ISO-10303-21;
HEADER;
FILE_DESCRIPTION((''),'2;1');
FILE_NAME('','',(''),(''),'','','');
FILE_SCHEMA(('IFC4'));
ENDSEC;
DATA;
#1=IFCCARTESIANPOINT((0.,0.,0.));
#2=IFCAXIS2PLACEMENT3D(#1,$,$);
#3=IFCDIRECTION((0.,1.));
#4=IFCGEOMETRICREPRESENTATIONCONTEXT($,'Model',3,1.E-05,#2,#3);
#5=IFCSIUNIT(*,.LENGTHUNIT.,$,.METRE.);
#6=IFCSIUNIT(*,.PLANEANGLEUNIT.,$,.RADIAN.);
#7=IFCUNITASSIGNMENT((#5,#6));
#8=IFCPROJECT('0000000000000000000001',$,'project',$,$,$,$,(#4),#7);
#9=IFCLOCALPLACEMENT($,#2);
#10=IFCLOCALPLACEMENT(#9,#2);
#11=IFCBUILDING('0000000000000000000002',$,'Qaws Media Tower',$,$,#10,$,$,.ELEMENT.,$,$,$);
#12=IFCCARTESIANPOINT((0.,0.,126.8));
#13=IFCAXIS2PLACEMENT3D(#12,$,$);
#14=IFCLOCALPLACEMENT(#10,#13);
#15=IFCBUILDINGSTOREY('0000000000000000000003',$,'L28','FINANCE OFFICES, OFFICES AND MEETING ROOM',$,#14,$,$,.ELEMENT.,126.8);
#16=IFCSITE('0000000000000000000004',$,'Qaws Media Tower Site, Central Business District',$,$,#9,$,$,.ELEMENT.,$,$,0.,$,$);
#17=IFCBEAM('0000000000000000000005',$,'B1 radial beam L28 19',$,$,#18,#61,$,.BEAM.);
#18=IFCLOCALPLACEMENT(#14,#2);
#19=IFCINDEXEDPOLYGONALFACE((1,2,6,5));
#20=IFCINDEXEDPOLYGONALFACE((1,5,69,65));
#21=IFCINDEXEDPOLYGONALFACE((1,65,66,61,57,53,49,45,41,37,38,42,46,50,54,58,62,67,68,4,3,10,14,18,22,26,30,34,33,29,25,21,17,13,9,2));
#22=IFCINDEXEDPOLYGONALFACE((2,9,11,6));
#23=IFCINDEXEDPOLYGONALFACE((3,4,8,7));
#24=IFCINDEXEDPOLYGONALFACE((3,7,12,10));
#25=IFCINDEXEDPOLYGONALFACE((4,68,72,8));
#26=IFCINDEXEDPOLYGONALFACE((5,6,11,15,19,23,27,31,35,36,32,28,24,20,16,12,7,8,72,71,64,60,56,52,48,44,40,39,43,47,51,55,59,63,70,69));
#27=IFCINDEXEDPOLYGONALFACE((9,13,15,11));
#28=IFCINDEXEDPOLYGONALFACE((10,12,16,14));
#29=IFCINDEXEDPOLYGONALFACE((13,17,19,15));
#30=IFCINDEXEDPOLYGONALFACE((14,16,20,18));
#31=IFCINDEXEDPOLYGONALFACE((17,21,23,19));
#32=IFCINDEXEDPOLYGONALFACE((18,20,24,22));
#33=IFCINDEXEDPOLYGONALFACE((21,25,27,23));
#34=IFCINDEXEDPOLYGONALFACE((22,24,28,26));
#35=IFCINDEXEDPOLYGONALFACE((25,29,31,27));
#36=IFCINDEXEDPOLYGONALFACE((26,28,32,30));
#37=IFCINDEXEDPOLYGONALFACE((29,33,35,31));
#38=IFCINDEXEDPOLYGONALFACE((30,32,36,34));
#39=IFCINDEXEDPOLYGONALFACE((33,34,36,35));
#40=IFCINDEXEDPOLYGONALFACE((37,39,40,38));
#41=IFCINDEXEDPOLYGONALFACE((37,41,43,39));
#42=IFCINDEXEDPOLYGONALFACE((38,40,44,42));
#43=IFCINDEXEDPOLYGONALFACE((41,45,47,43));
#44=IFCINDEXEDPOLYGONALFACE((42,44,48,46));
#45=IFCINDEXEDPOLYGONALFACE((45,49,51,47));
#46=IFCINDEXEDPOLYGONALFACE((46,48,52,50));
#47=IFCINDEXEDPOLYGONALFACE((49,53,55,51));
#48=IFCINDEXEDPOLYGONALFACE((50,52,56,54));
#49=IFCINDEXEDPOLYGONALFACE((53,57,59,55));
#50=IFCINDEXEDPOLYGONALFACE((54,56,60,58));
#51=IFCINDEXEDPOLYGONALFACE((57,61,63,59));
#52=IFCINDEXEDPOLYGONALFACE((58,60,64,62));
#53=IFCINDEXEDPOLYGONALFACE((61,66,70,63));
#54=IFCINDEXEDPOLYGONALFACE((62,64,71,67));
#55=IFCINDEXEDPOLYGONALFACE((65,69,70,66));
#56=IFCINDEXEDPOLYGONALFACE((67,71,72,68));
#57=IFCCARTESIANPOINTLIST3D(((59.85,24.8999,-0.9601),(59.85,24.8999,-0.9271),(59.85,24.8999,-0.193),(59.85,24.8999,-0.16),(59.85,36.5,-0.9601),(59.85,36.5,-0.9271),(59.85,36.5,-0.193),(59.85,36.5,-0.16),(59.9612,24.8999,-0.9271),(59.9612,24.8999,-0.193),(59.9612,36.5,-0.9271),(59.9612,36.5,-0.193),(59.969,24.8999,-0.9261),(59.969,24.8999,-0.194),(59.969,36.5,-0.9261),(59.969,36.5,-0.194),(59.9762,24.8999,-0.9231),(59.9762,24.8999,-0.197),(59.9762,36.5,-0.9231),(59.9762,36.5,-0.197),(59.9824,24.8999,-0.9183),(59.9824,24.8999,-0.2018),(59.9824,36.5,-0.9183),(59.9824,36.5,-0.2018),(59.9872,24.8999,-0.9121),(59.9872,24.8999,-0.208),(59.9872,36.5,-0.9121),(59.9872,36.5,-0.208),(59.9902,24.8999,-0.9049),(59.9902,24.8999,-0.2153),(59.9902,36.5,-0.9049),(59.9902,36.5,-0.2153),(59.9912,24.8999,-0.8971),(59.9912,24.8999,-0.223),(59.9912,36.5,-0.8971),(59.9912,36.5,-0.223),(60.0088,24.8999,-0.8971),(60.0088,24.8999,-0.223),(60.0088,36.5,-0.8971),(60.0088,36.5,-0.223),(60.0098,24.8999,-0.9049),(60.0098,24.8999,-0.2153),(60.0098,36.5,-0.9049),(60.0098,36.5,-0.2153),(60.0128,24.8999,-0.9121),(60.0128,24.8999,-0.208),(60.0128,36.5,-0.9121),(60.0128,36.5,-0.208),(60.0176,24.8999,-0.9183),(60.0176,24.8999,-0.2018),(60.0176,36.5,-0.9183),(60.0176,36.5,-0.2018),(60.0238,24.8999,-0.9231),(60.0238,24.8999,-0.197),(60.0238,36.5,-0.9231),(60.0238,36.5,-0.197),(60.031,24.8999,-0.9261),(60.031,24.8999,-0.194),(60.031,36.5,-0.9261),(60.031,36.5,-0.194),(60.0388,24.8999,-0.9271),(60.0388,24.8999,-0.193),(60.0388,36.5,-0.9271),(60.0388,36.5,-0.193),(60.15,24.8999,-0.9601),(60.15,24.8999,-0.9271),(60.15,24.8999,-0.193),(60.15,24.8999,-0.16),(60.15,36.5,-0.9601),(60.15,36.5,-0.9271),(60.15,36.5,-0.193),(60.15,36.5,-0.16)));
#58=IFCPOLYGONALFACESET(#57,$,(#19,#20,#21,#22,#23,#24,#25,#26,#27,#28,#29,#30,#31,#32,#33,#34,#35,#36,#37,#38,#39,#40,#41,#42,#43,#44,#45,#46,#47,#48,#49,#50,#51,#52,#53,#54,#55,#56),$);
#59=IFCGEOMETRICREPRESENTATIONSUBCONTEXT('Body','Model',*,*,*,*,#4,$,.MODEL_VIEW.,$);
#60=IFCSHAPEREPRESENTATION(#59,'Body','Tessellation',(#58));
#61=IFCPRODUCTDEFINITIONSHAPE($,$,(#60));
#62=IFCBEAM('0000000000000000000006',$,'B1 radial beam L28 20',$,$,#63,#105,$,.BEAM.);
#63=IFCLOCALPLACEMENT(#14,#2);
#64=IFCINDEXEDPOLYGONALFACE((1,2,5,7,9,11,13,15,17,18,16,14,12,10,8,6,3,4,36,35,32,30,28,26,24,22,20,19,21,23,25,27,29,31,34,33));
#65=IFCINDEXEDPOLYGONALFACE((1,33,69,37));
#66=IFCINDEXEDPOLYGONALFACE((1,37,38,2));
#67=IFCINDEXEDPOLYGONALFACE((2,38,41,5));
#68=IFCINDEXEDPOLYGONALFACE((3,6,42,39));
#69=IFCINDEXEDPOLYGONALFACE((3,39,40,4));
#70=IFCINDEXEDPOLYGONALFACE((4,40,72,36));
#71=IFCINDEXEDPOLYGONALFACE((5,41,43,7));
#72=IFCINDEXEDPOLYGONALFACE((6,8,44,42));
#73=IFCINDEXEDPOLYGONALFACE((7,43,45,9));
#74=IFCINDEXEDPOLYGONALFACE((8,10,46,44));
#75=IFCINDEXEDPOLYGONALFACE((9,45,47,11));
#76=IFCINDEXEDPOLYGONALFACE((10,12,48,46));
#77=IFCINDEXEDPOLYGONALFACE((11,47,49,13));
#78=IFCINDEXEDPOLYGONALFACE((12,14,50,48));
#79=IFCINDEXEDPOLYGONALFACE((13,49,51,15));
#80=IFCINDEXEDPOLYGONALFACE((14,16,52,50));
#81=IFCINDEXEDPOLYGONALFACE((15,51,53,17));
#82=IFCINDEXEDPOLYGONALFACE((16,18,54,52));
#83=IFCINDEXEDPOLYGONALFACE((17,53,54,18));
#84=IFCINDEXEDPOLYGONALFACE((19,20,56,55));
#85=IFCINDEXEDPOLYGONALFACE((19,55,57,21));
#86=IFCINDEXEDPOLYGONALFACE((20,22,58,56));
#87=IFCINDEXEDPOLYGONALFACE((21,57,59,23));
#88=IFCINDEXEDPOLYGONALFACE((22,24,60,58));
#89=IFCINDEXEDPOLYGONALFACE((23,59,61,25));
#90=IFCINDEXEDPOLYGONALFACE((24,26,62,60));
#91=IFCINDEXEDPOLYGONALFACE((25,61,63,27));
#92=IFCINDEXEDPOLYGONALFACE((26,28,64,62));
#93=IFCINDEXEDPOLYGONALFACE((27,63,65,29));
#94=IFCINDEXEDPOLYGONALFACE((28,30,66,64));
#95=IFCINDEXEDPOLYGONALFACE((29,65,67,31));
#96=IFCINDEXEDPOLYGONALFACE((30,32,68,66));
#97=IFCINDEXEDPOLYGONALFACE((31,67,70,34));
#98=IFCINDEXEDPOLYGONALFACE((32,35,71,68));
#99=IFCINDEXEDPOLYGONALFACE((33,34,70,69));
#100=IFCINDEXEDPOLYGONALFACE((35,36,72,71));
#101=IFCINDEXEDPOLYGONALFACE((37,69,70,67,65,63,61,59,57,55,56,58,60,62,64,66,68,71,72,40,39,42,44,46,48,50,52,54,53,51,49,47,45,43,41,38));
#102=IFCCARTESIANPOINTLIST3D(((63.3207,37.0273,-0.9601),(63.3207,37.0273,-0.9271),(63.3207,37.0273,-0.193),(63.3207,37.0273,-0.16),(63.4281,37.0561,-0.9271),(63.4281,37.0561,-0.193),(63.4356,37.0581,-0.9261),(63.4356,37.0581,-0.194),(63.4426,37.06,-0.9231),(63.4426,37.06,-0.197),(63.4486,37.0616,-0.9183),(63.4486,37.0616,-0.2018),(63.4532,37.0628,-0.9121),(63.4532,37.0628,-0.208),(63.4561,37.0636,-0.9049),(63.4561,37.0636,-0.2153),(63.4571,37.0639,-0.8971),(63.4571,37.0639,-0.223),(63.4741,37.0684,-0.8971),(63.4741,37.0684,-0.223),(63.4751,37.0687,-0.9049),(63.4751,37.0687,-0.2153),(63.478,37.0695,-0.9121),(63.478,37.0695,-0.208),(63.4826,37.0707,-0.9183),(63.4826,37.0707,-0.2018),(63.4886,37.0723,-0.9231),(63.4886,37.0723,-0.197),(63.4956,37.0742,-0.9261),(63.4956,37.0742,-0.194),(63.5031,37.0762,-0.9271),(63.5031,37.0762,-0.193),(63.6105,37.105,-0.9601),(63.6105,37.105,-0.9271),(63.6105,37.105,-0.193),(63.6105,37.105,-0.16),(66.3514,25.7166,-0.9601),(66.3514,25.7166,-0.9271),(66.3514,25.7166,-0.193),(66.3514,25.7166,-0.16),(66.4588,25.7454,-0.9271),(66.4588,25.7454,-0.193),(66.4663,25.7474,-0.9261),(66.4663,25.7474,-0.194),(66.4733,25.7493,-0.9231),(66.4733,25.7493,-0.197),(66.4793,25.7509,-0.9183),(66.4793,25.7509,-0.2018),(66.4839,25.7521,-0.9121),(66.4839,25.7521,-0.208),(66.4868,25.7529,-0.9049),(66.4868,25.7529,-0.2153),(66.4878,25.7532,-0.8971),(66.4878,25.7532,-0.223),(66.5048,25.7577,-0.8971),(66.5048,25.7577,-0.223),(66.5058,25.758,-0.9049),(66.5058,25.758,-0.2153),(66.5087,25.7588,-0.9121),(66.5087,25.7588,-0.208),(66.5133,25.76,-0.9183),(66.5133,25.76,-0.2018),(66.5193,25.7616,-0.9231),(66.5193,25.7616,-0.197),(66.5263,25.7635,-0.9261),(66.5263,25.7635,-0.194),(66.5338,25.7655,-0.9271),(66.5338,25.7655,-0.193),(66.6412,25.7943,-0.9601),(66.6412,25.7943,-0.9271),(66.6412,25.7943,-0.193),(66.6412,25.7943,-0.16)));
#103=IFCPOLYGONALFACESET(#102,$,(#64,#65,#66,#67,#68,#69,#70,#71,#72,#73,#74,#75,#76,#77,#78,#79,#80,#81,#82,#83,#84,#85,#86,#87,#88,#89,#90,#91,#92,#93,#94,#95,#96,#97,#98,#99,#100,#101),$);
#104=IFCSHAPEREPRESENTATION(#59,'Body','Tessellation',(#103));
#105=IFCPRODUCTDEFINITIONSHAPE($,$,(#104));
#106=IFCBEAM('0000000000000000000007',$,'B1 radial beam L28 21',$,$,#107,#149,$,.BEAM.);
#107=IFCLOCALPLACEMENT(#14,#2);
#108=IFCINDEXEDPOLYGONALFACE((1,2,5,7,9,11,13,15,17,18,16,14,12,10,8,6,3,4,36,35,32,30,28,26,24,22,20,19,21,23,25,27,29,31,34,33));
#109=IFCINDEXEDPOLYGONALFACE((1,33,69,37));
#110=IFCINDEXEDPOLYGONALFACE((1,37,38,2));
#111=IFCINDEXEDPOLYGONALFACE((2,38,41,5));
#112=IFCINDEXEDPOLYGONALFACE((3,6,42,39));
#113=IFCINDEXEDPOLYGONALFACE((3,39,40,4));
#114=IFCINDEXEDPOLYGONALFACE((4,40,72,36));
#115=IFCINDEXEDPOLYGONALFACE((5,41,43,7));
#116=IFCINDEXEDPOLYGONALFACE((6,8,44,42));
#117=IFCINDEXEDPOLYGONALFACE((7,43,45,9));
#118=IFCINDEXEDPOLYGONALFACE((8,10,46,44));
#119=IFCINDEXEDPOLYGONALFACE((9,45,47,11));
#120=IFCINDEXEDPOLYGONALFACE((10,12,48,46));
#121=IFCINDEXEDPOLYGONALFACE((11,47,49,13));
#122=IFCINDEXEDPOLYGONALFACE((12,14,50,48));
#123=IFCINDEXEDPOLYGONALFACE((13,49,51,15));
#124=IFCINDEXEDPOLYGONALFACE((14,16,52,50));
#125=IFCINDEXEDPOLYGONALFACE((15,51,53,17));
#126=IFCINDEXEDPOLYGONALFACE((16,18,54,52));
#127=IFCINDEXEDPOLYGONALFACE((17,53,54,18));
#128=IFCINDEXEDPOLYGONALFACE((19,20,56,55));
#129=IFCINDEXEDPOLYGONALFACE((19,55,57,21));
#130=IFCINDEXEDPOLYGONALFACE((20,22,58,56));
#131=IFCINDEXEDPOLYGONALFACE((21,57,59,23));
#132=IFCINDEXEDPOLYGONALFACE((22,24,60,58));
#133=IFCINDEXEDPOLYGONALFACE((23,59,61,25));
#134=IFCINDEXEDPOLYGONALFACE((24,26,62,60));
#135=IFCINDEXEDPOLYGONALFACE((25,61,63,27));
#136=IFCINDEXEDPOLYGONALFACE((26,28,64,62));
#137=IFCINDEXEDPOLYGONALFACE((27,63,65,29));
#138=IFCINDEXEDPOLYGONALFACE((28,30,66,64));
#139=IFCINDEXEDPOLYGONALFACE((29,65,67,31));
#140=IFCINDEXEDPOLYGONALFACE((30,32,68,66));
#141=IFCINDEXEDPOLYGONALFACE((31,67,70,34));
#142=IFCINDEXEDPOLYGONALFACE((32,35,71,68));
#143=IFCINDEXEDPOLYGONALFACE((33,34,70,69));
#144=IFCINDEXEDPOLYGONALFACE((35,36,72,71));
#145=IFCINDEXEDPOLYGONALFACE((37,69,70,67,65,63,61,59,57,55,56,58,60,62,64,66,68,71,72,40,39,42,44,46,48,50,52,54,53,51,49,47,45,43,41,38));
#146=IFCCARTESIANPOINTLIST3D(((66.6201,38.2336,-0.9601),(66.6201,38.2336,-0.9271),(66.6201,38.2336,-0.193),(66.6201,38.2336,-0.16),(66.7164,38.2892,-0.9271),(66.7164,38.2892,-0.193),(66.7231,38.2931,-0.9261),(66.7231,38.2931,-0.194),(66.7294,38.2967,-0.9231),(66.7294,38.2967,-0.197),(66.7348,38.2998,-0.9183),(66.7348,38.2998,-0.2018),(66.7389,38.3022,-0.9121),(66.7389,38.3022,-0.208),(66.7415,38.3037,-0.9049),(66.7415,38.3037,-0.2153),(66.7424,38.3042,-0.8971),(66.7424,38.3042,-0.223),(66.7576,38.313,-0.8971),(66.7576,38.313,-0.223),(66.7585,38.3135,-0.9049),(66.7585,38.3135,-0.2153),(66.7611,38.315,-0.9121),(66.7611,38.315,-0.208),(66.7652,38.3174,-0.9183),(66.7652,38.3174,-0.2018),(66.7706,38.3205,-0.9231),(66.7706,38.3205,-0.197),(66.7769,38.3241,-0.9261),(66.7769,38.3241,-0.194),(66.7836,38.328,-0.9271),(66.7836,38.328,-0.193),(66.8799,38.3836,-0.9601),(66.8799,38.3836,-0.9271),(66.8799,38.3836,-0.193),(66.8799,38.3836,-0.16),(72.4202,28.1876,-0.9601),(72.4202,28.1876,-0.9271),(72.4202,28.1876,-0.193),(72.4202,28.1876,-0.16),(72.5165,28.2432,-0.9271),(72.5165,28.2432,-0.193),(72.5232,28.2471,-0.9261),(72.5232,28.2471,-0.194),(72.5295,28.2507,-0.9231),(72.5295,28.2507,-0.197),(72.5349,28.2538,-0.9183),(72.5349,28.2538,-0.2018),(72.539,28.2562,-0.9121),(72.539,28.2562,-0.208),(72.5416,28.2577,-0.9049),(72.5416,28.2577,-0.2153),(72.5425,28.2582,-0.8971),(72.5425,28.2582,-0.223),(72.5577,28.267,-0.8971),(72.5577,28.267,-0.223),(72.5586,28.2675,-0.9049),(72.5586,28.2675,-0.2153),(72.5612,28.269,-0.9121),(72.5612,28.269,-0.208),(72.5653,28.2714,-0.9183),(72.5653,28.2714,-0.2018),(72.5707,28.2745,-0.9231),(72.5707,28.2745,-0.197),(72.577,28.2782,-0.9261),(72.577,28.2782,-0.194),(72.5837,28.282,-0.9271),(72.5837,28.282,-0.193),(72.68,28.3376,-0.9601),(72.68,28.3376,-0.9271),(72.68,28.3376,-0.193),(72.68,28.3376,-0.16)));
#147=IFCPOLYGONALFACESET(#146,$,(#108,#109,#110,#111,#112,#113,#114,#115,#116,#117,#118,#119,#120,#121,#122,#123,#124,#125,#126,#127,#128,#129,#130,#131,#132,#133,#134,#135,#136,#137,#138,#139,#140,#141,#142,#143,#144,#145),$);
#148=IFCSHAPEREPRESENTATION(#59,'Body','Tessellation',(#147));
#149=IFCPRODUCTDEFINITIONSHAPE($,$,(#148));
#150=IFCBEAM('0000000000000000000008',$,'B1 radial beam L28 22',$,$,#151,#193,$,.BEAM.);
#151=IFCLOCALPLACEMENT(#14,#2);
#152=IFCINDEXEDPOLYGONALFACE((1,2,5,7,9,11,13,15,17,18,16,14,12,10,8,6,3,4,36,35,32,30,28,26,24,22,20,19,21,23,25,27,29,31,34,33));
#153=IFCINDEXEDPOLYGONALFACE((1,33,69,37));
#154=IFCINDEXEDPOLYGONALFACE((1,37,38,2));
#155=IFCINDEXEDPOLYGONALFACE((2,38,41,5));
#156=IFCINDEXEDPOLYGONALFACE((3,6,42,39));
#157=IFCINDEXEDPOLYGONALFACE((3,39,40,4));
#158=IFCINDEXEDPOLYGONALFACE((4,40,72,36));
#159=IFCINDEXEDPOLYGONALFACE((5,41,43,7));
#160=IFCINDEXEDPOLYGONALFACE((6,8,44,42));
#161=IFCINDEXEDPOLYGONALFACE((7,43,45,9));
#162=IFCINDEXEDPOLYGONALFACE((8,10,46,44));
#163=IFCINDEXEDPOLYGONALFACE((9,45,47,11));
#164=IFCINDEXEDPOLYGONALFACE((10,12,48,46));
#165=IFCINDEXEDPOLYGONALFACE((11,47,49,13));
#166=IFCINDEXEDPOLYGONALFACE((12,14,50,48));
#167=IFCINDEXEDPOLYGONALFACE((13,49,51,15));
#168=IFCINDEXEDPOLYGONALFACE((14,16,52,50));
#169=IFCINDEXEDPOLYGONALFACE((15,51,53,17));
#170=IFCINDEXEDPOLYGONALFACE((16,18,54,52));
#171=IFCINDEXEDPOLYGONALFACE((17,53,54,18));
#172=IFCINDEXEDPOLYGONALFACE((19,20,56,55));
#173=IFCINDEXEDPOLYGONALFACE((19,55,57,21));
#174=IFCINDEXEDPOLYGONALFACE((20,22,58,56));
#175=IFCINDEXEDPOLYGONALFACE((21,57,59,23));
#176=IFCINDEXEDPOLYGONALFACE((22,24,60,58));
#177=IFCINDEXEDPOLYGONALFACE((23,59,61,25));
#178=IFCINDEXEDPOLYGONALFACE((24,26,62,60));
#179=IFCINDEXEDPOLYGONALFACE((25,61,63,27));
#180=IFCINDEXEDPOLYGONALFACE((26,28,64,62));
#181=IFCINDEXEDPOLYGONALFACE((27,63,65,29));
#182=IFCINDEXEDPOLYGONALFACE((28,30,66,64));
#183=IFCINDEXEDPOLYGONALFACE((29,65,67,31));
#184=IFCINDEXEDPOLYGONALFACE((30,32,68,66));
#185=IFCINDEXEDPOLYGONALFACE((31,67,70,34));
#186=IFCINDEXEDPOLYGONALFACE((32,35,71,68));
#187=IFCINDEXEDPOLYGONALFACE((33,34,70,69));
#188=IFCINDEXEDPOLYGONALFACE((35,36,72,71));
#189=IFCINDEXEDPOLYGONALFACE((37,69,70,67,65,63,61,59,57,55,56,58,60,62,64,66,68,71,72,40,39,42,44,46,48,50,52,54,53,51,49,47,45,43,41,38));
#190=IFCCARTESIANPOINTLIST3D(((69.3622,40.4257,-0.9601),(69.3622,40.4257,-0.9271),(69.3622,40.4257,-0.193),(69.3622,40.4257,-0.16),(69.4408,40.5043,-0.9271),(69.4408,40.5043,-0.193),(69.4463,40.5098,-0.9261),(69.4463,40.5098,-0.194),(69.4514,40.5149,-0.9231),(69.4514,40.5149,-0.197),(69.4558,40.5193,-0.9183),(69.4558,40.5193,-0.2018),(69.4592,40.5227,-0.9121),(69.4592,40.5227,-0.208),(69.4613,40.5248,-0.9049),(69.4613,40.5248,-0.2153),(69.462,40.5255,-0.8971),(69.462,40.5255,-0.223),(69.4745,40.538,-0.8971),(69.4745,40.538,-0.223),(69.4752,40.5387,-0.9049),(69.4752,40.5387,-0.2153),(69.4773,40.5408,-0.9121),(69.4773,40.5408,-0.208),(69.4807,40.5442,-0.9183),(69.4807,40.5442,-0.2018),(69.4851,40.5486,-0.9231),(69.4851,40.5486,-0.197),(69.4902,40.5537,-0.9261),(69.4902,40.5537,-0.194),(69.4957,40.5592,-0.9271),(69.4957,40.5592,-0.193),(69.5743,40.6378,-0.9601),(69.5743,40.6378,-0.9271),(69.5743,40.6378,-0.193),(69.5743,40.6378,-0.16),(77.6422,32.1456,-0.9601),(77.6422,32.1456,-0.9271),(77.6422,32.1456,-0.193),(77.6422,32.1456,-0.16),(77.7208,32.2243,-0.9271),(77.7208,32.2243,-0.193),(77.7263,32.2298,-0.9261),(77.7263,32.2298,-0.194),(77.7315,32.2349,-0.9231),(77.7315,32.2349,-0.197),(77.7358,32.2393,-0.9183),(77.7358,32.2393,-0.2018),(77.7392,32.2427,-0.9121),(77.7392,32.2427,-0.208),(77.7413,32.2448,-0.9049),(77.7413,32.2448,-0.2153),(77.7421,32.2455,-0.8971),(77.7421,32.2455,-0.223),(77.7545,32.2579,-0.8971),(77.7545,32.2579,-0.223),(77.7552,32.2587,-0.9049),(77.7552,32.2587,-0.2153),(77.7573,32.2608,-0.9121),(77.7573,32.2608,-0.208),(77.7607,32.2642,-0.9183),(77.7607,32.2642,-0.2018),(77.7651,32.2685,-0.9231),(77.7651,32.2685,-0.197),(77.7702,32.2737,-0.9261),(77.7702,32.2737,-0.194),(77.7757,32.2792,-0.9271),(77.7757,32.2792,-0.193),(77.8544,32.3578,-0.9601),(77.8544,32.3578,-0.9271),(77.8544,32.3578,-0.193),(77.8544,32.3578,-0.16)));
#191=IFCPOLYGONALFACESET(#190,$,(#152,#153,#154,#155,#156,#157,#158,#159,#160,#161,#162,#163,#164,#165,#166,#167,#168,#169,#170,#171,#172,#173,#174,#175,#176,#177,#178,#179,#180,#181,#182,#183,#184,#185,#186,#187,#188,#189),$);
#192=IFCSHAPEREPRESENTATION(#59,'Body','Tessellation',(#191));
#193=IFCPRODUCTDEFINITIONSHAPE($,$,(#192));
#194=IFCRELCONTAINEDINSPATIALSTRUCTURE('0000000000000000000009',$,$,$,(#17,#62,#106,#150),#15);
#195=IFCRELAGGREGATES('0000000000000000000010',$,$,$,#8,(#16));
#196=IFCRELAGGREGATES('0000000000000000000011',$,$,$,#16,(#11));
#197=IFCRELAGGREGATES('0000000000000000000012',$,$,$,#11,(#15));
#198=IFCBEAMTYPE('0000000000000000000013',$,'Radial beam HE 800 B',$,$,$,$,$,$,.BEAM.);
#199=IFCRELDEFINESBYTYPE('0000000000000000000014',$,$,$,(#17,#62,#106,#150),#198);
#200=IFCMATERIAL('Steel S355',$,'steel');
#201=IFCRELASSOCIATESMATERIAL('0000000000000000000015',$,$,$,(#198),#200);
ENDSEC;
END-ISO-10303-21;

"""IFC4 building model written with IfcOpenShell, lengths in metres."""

from ifc_helpers import new_model, si_unit, direction, frame, origin, origin_2d, place, context, subcontext, project, spatial, i_section, extrude, material, material_profile, profile_set, type_object, element, save


model = new_model("IFC4")

# Units and contexts
model_context = context("Model", 3, precision=1e-05, world=origin(), true_north=direction((0.0, 1.0)))
body_context = subcontext(model_context, "Body", "Model", "MODEL_VIEW")
ifc_project = project(units=[si_unit("LENGTHUNIT", "METRE"), si_unit("PLANEANGLEUNIT", "RADIAN")], contexts=[model_context])

# Site, building, storey
site_placement = place(None, origin())
site = spatial("IfcSite", under=ifc_project, at=site_placement, Name="Qaws Media Tower Site, Central Business District", CompositionType="ELEMENT", RefElevation=0.0)
building_placement = place(site_placement, origin())
building = spatial("IfcBuilding", under=site, at=building_placement, Name="Qaws Media Tower", CompositionType="ELEMENT")
storey_placement = place(building_placement, frame((0.0, 0.0, 126.8)))
storey = spatial("IfcBuildingStorey", under=building, at=storey_placement, Name="L28", Description="FINANCE OFFICES, OFFICES AND MEETING ROOM", CompositionType="ELEMENT", Elevation=126.8)

# Beams
ifc_material_1 = material(Name="Steel S355", Category="steel")
ifc_material_profile_1 = material_profile(ifc_material_1, i_section(OverallWidth=0.3, OverallDepth=0.8, WebThickness=0.0176, FlangeThickness=0.033, FilletRadius=0.03, at=origin_2d()), Name="HE 800 B")
ifc_profile_set_1 = profile_set([ifc_material_profile_1], Name="Steel S355")
beam_type_1 = type_object("IfcBeamType", Name="Radial beam HE 800 B", PredefinedType="BEAM", material=ifc_profile_set_1)
beam_1_placement = place(storey_placement, frame((60.0, 36.5, -0.5601), z_axis=(0.0, -1.0, 0.0), x_axis=(1.0, 0.0, 0.0)))
element("IfcBeam", 1, at=beam_1_placement, inside=storey, type_object=beam_type_1, Name="B1 radial beam L28 19", PredefinedType="BEAM", context=body_context, shape_type="SweptSolid", body=[
    extrude(i_section(OverallWidth=0.3, OverallDepth=0.8, WebThickness=0.0176, FlangeThickness=0.033, FilletRadius=0.03, at=origin_2d()), origin(), (0.0, 0.0, 1.0), 11.6001),
])
beam_2_placement = place(storey_placement, frame((63.4656, 37.0662, -0.5601), z_axis=(0.258823, -0.965925, 0.0), x_axis=(0.965925, 0.258823, 0.0)))
element("IfcBeam", 2, at=beam_2_placement, inside=storey, type_object=beam_type_1, Name="B1 radial beam L28 20", PredefinedType="BEAM", context=body_context, shape_type="SweptSolid", body=[
    extrude(i_section(OverallWidth=0.3, OverallDepth=0.8, WebThickness=0.0176, FlangeThickness=0.033, FilletRadius=0.03, at=origin_2d()), origin(), (0.0, 0.0, 1.0), 11.7097),
])
beam_3_placement = place(storey_placement, frame((66.75, 38.3086, -0.5601), z_axis=(0.500003, -0.866024, 0.0), x_axis=(0.866024, 0.500003, 0.0)))
element("IfcBeam", 3, at=beam_3_placement, inside=storey, type_object=beam_type_1, Name="B1 radial beam L28 21", PredefinedType="BEAM", context=body_context, shape_type="SweptSolid", body=[
    extrude(i_section(OverallWidth=0.3, OverallDepth=0.8, WebThickness=0.0176, FlangeThickness=0.033, FilletRadius=0.03, at=origin_2d()), origin(), (0.0, 0.0, 1.0), 11.6001),
])
beam_4_placement = place(storey_placement, frame((69.4683, 40.5317, -0.5601), z_axis=(0.707107, -0.707107, 0.0), x_axis=(0.707107, 0.707107, 0.0)))
element("IfcBeam", 4, at=beam_4_placement, inside=storey, type_object=beam_type_1, Name="B1 radial beam L28 22", PredefinedType="BEAM", context=body_context, shape_type="SweptSolid", body=[
    extrude(i_section(OverallWidth=0.3, OverallDepth=0.8, WebThickness=0.0176, FlangeThickness=0.033, FilletRadius=0.03, at=origin_2d()), origin(), (0.0, 0.0, 1.0), 11.7097),
])

save(model, "model.ifc")
